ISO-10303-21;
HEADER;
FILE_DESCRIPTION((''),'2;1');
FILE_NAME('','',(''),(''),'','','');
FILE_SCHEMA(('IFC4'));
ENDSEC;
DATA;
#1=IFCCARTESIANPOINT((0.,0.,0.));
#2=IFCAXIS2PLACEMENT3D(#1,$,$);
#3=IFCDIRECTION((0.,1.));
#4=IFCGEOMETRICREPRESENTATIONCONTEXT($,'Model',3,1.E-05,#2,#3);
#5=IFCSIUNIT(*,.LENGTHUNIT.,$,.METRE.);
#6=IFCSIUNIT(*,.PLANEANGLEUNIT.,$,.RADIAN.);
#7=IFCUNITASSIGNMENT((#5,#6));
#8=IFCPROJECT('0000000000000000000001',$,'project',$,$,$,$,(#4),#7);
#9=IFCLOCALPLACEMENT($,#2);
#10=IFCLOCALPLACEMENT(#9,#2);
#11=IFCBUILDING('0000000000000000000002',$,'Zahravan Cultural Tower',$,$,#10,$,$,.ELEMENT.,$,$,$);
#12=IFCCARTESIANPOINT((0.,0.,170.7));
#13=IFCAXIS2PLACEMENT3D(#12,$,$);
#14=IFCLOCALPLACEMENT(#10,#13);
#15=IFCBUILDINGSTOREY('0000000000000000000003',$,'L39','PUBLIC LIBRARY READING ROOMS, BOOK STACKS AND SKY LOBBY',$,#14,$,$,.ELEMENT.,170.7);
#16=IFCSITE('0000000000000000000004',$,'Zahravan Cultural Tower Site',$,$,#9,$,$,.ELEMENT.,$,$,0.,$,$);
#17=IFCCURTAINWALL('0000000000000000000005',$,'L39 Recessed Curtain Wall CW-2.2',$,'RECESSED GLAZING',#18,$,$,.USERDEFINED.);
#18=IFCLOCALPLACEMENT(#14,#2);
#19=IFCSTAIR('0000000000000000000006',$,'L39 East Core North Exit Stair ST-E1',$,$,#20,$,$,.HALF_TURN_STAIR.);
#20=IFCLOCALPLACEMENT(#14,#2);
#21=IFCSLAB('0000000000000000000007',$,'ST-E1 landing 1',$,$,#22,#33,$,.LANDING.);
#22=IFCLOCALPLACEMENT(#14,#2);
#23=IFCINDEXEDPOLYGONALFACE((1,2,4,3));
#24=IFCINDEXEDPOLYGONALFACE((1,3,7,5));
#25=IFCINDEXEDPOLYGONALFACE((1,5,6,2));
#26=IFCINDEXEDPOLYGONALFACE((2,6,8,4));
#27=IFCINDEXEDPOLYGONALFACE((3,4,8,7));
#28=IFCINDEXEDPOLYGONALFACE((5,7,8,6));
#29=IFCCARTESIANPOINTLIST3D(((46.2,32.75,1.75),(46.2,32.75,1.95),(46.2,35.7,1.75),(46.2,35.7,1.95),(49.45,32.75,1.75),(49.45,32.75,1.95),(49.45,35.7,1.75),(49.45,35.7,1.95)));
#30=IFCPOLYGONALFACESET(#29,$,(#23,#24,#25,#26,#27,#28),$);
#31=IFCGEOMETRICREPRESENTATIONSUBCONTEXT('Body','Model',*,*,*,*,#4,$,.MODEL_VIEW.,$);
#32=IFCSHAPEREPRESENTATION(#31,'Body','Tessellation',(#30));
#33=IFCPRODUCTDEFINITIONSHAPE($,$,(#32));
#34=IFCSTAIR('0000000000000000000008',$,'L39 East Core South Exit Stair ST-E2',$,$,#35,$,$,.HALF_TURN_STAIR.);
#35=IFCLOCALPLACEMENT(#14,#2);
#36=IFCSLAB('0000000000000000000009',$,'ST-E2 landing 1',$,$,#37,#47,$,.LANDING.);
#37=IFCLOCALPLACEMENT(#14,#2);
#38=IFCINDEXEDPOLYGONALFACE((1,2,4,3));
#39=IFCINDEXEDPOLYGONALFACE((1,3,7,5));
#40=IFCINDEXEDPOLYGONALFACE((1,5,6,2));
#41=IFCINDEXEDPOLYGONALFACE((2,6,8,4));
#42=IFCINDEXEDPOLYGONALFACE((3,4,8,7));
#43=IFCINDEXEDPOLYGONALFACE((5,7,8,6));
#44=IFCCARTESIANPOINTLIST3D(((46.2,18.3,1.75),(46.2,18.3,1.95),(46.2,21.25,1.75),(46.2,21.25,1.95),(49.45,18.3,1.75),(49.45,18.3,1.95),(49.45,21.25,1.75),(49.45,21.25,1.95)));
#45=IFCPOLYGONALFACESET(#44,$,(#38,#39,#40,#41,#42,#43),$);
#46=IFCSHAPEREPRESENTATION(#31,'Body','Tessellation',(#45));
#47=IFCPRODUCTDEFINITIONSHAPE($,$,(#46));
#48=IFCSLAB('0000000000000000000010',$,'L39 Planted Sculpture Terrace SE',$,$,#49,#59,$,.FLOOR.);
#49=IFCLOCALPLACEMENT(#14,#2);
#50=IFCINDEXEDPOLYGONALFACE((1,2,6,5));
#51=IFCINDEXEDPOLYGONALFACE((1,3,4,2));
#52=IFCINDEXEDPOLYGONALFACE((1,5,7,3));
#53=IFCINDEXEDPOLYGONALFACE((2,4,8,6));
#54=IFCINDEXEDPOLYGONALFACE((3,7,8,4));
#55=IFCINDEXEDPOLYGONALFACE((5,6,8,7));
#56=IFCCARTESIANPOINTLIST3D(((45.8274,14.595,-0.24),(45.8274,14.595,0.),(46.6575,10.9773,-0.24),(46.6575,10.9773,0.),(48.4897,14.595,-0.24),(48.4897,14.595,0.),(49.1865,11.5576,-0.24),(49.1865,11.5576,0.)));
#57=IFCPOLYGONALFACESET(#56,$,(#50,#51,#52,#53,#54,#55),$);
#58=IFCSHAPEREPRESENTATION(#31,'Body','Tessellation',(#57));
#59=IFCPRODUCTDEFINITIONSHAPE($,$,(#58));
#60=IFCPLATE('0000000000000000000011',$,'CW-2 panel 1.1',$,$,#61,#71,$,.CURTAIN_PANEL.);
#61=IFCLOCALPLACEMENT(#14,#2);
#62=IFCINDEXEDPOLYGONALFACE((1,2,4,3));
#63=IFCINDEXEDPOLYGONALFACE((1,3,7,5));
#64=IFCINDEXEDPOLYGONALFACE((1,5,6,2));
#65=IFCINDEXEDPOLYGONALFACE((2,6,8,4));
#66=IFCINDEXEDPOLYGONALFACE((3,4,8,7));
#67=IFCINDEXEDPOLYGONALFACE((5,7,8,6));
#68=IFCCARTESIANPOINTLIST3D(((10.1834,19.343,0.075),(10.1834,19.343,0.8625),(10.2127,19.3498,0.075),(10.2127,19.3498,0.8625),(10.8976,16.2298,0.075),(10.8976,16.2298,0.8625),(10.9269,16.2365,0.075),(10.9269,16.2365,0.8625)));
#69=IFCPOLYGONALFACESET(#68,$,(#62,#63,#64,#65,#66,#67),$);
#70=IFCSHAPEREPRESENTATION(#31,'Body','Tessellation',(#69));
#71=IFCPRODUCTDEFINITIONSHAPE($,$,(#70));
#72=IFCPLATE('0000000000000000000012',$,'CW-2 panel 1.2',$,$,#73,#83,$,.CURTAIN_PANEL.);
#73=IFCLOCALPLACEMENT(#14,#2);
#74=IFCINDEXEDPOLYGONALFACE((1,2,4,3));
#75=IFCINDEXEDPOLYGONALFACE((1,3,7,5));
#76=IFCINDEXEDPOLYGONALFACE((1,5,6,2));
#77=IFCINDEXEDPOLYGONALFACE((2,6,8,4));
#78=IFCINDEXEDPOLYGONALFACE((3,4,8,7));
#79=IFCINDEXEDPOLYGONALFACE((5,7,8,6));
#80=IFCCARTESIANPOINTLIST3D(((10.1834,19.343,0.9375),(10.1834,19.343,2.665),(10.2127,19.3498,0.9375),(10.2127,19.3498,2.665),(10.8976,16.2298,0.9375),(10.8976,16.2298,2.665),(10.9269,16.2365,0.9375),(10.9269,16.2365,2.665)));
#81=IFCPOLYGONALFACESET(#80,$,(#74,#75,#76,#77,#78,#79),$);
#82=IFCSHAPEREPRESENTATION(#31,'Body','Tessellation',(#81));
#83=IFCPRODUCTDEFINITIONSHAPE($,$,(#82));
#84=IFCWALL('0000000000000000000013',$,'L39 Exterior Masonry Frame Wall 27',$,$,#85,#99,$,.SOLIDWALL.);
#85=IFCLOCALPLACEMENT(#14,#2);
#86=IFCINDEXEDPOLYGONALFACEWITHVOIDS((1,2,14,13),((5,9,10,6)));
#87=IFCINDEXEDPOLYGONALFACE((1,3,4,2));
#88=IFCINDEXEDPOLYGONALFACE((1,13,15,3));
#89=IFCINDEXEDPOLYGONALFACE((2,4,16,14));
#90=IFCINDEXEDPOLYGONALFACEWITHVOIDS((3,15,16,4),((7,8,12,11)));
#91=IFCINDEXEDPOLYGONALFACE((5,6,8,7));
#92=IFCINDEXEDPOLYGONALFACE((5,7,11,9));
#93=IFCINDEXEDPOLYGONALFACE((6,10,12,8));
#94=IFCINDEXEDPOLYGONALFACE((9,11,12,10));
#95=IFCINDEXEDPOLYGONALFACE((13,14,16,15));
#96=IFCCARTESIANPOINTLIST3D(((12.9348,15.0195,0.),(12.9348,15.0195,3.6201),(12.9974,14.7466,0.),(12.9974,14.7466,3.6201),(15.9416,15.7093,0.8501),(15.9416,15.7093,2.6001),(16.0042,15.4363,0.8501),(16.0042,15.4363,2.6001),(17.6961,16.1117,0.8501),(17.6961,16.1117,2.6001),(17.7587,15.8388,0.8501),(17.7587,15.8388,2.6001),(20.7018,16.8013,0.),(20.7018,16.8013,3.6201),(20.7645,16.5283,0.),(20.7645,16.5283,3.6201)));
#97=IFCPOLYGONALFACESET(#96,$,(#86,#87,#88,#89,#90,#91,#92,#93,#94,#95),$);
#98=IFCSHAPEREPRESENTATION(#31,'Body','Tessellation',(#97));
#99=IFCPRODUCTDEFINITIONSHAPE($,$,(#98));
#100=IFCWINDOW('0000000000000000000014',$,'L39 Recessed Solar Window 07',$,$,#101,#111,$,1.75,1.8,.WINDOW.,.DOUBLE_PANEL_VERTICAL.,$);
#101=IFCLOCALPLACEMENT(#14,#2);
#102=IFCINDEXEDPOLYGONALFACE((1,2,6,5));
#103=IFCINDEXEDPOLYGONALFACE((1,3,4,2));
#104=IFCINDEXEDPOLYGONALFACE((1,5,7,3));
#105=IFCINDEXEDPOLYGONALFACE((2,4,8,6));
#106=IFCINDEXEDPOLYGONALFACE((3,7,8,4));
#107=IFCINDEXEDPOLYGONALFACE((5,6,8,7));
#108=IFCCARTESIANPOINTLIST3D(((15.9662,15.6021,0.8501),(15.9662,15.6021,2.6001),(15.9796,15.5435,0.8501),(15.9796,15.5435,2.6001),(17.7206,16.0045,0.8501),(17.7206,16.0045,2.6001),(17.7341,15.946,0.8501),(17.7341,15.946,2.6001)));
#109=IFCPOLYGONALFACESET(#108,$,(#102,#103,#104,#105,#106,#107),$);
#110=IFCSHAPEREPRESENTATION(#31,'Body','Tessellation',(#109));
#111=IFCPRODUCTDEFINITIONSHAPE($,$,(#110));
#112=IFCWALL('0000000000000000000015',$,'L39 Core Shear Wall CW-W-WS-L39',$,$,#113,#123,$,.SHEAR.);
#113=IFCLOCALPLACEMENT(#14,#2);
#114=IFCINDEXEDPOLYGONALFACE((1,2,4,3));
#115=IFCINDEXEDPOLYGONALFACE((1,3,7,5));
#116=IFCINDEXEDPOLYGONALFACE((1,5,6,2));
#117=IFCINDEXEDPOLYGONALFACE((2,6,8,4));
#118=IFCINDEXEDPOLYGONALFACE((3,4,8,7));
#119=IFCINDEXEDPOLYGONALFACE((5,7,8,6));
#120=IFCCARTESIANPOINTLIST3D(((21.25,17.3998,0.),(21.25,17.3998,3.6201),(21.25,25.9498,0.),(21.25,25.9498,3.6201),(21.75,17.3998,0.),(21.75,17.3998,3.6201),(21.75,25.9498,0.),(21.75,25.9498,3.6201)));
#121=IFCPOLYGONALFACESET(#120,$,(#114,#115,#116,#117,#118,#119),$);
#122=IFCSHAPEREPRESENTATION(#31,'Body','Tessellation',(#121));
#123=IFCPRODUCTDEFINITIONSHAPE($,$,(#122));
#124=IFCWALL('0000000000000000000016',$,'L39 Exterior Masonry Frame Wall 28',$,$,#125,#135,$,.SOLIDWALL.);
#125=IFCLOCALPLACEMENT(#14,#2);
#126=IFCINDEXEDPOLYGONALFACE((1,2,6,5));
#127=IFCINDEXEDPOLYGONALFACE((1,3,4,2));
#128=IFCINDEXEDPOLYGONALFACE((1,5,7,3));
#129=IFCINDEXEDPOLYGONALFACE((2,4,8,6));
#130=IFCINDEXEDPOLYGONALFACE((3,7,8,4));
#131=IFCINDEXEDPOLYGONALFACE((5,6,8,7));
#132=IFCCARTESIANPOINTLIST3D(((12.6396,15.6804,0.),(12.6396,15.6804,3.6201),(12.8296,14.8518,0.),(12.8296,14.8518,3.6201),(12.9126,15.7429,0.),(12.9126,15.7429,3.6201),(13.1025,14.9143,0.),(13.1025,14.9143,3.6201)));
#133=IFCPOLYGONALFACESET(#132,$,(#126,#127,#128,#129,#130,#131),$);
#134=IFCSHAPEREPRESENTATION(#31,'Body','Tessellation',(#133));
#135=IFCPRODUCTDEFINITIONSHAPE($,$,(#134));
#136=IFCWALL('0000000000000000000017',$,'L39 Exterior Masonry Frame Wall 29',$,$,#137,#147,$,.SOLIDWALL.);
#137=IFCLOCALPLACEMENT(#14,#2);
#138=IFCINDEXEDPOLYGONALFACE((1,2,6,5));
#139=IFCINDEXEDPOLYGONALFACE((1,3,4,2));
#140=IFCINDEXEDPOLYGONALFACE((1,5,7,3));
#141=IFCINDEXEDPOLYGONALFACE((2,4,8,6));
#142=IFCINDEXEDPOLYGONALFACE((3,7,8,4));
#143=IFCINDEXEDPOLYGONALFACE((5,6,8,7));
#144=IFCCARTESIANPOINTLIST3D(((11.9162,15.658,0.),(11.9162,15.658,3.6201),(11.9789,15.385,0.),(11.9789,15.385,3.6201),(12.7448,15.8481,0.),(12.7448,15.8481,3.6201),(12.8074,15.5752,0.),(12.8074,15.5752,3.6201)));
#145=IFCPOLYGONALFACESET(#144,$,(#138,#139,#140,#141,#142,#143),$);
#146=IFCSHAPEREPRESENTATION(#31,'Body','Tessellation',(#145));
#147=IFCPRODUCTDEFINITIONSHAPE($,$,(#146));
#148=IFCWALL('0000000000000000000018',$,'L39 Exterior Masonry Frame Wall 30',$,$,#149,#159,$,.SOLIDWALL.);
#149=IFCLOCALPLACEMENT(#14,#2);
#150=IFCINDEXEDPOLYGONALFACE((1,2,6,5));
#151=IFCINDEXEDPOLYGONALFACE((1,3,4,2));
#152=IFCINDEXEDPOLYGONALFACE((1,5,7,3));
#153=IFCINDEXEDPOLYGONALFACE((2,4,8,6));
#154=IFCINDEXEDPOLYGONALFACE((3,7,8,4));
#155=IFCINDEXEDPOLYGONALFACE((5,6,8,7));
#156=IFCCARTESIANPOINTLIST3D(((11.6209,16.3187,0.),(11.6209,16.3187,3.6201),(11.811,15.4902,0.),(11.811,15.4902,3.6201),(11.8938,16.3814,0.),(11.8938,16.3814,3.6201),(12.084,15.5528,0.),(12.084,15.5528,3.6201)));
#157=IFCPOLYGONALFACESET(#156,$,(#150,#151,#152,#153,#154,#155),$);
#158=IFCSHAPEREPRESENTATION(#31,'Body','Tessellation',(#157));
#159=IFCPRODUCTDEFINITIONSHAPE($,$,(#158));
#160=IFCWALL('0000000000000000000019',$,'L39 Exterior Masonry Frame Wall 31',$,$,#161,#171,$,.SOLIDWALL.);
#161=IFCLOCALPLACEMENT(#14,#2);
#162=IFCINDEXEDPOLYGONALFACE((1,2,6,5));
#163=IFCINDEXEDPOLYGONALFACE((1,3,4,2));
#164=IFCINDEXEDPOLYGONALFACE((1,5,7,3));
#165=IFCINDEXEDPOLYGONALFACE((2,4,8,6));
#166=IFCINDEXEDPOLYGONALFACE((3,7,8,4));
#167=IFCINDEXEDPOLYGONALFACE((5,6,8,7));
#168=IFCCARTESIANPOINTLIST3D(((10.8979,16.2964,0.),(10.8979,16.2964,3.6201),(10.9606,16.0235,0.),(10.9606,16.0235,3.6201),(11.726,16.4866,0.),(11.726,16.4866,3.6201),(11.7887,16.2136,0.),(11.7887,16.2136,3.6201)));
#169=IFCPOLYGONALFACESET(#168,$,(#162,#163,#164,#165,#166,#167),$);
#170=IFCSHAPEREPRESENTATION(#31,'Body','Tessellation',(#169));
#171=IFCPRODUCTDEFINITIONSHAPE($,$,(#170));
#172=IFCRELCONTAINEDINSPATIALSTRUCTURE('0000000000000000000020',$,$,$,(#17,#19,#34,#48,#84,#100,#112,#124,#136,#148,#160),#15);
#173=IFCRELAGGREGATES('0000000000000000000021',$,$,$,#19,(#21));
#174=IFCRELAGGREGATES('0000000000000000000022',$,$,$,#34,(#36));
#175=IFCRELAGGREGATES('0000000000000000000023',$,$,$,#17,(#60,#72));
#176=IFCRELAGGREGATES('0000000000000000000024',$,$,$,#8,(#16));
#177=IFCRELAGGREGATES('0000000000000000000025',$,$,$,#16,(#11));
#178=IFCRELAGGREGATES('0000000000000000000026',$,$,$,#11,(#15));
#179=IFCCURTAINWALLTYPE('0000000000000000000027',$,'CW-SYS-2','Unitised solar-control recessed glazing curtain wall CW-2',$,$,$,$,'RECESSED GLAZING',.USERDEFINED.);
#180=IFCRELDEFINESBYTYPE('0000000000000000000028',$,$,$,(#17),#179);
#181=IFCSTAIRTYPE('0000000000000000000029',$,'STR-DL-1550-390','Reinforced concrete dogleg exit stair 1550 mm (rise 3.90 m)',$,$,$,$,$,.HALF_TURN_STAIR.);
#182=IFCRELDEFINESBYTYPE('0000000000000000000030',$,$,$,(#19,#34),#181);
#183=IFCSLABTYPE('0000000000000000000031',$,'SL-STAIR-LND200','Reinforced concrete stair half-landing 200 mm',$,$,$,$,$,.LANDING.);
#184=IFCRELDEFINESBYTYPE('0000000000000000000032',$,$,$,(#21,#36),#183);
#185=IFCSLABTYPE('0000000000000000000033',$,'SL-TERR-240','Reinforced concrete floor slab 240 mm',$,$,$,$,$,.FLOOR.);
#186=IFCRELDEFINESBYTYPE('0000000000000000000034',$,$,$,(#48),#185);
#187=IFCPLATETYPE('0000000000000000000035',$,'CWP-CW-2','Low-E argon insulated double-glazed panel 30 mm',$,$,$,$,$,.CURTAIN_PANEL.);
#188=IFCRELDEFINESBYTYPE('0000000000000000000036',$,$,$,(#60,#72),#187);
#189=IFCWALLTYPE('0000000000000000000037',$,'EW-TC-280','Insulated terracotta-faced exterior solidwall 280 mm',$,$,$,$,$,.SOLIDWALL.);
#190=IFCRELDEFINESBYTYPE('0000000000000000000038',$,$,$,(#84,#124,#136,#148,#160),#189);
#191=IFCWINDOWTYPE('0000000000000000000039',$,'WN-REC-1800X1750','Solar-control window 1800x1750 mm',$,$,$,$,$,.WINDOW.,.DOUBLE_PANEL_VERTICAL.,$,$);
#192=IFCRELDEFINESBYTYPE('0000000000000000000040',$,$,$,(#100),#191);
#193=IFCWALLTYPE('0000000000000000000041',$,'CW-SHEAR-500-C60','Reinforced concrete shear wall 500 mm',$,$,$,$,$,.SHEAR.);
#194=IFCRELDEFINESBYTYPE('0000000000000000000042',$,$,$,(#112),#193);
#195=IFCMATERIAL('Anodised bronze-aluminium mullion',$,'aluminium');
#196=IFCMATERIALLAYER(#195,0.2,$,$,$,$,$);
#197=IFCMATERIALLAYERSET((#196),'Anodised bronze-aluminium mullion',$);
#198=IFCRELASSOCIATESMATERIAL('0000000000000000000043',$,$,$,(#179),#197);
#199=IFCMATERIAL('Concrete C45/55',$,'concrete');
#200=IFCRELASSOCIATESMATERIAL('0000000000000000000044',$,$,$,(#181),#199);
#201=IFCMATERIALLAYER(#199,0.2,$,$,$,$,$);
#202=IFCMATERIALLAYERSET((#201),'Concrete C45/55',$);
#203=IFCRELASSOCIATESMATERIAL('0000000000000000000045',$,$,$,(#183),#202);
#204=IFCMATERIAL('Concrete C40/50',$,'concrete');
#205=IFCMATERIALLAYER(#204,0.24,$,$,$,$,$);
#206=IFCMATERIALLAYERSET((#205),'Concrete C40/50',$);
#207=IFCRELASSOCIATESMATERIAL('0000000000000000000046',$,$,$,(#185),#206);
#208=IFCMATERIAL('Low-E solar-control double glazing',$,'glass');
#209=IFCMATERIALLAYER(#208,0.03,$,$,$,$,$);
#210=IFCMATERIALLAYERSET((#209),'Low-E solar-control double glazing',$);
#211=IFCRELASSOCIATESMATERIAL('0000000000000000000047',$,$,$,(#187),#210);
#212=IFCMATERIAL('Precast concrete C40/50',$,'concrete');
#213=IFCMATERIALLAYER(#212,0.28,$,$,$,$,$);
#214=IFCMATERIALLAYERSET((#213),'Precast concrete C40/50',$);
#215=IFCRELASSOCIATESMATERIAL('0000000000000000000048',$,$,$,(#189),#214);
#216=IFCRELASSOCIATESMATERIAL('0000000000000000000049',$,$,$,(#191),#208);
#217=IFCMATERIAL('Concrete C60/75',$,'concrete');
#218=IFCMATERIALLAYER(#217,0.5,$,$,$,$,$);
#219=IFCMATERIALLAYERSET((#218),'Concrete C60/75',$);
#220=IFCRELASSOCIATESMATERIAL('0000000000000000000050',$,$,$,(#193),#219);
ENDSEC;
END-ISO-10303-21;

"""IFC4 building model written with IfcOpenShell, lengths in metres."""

from ifc_helpers import new_model, si_unit, direction, frame, frame_2d, origin, origin_2d, place, context, subcontext, project, spatial, polyline, rectangle, outline, extrude, source, transform, mapped, material, layer, layer_set, type_object, element, fill, aggregate, save


model = new_model("IFC4")

# Units and contexts
model_context = context("Model", 3, precision=1e-05, world=origin(), true_north=direction((0.0, 1.0)))
body_context = subcontext(model_context, "Body", "Model", "MODEL_VIEW")
ifc_project = project(units=[si_unit("LENGTHUNIT", "METRE"), si_unit("PLANEANGLEUNIT", "RADIAN")], contexts=[model_context])

# Site, building, storey
site_placement = place(None, origin())
site = spatial("IfcSite", under=ifc_project, at=site_placement, Name="Zahravan Cultural Tower Site", CompositionType="ELEMENT", RefElevation=0.0)
building_placement = place(site_placement, origin())
building = spatial("IfcBuilding", under=site, at=building_placement, Name="Zahravan Cultural Tower", CompositionType="ELEMENT")
storey_placement = place(building_placement, frame((0.0, 0.0, 170.7)))
storey = spatial("IfcBuildingStorey", under=building, at=storey_placement, Name="L39", Description="PUBLIC LIBRARY READING ROOMS, BOOK STACKS AND SKY LOBBY", CompositionType="ELEMENT", Elevation=170.7)

# Curtain wall
ifc_material_1 = material(Name="Anodised bronze-aluminium mullion", Category="aluminium")
ifc_layer_1 = layer(ifc_material_1, 0.2)
ifc_layer_set_1 = layer_set([ifc_layer_1], Name="Anodised bronze-aluminium mullion")
curtain_wall_type = type_object("IfcCurtainWallType", Name="CW-SYS-2", Description="Unitised solar-control recessed glazing curtain wall CW-2", ElementType="RECESSED GLAZING", PredefinedType="USERDEFINED", material=ifc_layer_set_1)
curtain_wall_placement = place(storey_placement, origin())
curtain_wall = element("IfcCurtainWall", 1, at=curtain_wall_placement, inside=storey, type_object=curtain_wall_type, Name="L39 Recessed Curtain Wall CW-2.2", ObjectType="RECESSED GLAZING", PredefinedType="USERDEFINED")

# Shared definitions
ifc_material_2 = material(Name="Concrete C45/55", Category="concrete")

# Stairs, slabs
stair_type = type_object("IfcStairType", Name="STR-DL-1550-390", Description="Reinforced concrete dogleg exit stair 1550 mm (rise 3.90 m)", PredefinedType="HALF_TURN_STAIR", material=ifc_material_2)
ifc_layer_2 = layer(ifc_material_2, 0.2)
ifc_layer_set_2 = layer_set([ifc_layer_2], Name="Concrete C45/55")
slab_type_1 = type_object("IfcSlabType", Name="SL-STAIR-LND200", Description="Reinforced concrete stair half-landing 200 mm", PredefinedType="LANDING", material=ifc_layer_set_2)
stair_1_placement = place(storey_placement, origin())
stair_1 = element("IfcStair", 2, at=stair_1_placement, inside=storey, type_object=stair_type, Name="L39 East Core North Exit Stair ST-E1", PredefinedType="HALF_TURN_STAIR")
slab_1_placement = place(storey_placement, frame((0.0, 0.0, 1.75)))
slab_1 = element("IfcSlab", 3, at=slab_1_placement, type_object=slab_type_1, Name="ST-E1 landing 1", PredefinedType="LANDING", context=body_context, shape_type="SweptSolid", body=[
    extrude(outline(polyline([(49.45, 32.75), (49.45, 35.7), (46.2, 35.7), (46.2, 32.75), (49.45, 32.75)])), origin(), (0.0, 0.0, 1.0), 0.2),
])
aggregate(stair_1, [slab_1])
stair_2_placement = place(storey_placement, origin())
stair_2 = element("IfcStair", 4, at=stair_2_placement, inside=storey, type_object=stair_type, Name="L39 East Core South Exit Stair ST-E2", PredefinedType="HALF_TURN_STAIR")
slab_2_placement = place(storey_placement, frame((0.0, 0.0, 1.75)))
slab_2 = element("IfcSlab", 5, at=slab_2_placement, type_object=slab_type_1, Name="ST-E2 landing 1", PredefinedType="LANDING", context=body_context, shape_type="SweptSolid", body=[
    extrude(outline(polyline([(46.2, 21.25), (46.2, 18.3), (49.45, 18.3), (49.45, 21.25), (46.2, 21.25)])), origin(), (0.0, 0.0, 1.0), 0.2),
])
aggregate(stair_2, [slab_2])

# Slab
ifc_material_3 = material(Name="Concrete C40/50", Category="concrete")
ifc_layer_3 = layer(ifc_material_3, 0.24)
ifc_layer_set_3 = layer_set([ifc_layer_3], Name="Concrete C40/50")
slab_type_2 = type_object("IfcSlabType", Name="SL-TERR-240", Description="Reinforced concrete floor slab 240 mm", PredefinedType="FLOOR", material=ifc_layer_set_3)
slab_3_placement = place(storey_placement, frame((0.0, 0.0, -0.24)))
element("IfcSlab", 6, at=slab_3_placement, inside=storey, type_object=slab_type_2, Name="L39 Planted Sculpture Terrace SE", PredefinedType="FLOOR", context=body_context, shape_type="SweptSolid", body=[
    extrude(outline(polyline([(49.1865, 11.5576), (48.4897, 14.595), (45.8274, 14.595), (46.6575, 10.9773), (49.1865, 11.5576)])), origin(), (0.0, 0.0, 1.0), 0.24),
])

# Plates
ifc_material_4 = material(Name="Low-E solar-control double glazing", Category="glass")
ifc_layer_4 = layer(ifc_material_4, 0.03)
ifc_layer_set_4 = layer_set([ifc_layer_4], Name="Low-E solar-control double glazing")
plate_type = type_object("IfcPlateType", Name="CWP-CW-2", Description="Low-E argon insulated double-glazed panel 30 mm", PredefinedType="CURTAIN_PANEL", material=ifc_layer_set_4)
shared_shape_1 = source(origin(), body_context, "Body", "SweptSolid", [
    extrude(rectangle(XDim=3.1941, YDim=0.03, at=origin_2d()), origin(), (0.0, 0.0, 1.0), 0.7876),
])
plate_1_placement = place(storey_placement, frame((10.5552, 17.7898, 0.075), z_axis=(0.0, 0.0, 1.0), x_axis=(-0.2236, 0.974681, 0.0)))
plate_1 = element("IfcPlate", 7, at=plate_1_placement, type_object=plate_type, Name="CW-2 panel 1.1", PredefinedType="CURTAIN_PANEL", context=body_context, shape_type="MappedRepresentation", body=[
    mapped(shared_shape_1, transform((0.0, 0.0, 0.0), x_axis=(1.0, 0.0, 0.0), y_axis=(0.0, 1.0, 0.0), z_axis=(0.0, 0.0, 1.0), scale=1.0)),
])
shared_shape_2 = source(origin(), body_context, "Body", "SweptSolid", [
    extrude(rectangle(XDim=3.1941, YDim=0.03, at=origin_2d()), origin(), (0.0, 0.0, 1.0), 1.7275),
])
plate_2_placement = place(storey_placement, frame((10.5552, 17.7898, 0.9375), z_axis=(0.0, 0.0, 1.0), x_axis=(-0.2236, 0.974681, 0.0)))
plate_2 = element("IfcPlate", 8, at=plate_2_placement, type_object=plate_type, Name="CW-2 panel 1.2", PredefinedType="CURTAIN_PANEL", context=body_context, shape_type="MappedRepresentation", body=[
    mapped(shared_shape_2, transform((0.0, 0.0, 0.0), x_axis=(1.0, 0.0, 0.0), y_axis=(0.0, 1.0, 0.0), z_axis=(0.0, 0.0, 1.0), scale=1.0)),
])
aggregate(curtain_wall, [plate_1, plate_2])

# Wall, opening, window
ifc_material_5 = material(Name="Precast concrete C40/50", Category="concrete")
ifc_layer_5 = layer(ifc_material_5, 0.28)
ifc_layer_set_5 = layer_set([ifc_layer_5], Name="Precast concrete C40/50")
wall_type_1 = type_object("IfcWallType", Name="EW-TC-280", Description="Insulated terracotta-faced exterior solidwall 280 mm", PredefinedType="SOLIDWALL", material=ifc_layer_set_5)
wall_1_placement = place(storey_placement, frame((20.7332, 16.6648, 0.0), z_axis=(0.0, 0.0, 1.0), x_axis=(-0.974684, -0.223588, 0.0)))
wall_1 = element("IfcWall", 9, at=wall_1_placement, inside=storey, type_object=wall_type_1, Name="L39 Exterior Masonry Frame Wall 27", PredefinedType="SOLIDWALL", context=body_context, shape_type="SweptSolid", body=[
    extrude(rectangle(XDim=7.9688, YDim=0.28, at=frame_2d((3.9844, 0.0))), origin(), (0.0, 0.0, 1.0), 3.6201),
])
opening_placement = place(wall_1_placement, frame((3.084, 0.0, 0.8501)))
opening = element("IfcOpeningElement", 10, at=opening_placement, cuts=wall_1, PredefinedType="OPENING", context=body_context, shape_type="SweptSolid", body=[
    extrude(rectangle(XDim=1.8, YDim=1.75, at=frame_2d((0.8999, 0.875))), frame((0.0, 0.1499, 0.0), z_axis=(0.0, -1.0, 0.0), x_axis=(1.0, 0.0, 0.0)), (0.0, 0.0, 1.0), 0.3),
])
window_type = type_object("IfcWindowType", Name="WN-REC-1800X1750", Description="Solar-control window 1800x1750 mm", PartitioningType="DOUBLE_PANEL_VERTICAL", PredefinedType="WINDOW", material=ifc_material_4)
shared_shape_3 = source(origin(), body_context, "Body", "SweptSolid", [
    extrude(rectangle(XDim=1.8, YDim=1.75, at=frame_2d((0.8999, 0.875))), frame((0.0, 0.03, 0.0), z_axis=(0.0, -1.0, 0.0), x_axis=(1.0, 0.0, 0.0)), (0.0, 0.0, 1.0), 0.0601),
])
window_placement = place(opening_placement, origin())
window = element("IfcWindow", 11, at=window_placement, inside=storey, type_object=window_type, Name="L39 Recessed Solar Window 07", OverallHeight=1.75, OverallWidth=1.8, PartitioningType="DOUBLE_PANEL_VERTICAL", PredefinedType="WINDOW", context=body_context, shape_type="MappedRepresentation", body=[
    mapped(shared_shape_3, transform((0.0, 0.0, 0.0), x_axis=(1.0, 0.0, 0.0), y_axis=(0.0, 1.0, 0.0), z_axis=(0.0, 0.0, 1.0), scale=1.0)),
])
fill(opening, window)

# Walls
ifc_material_6 = material(Name="Concrete C60/75", Category="concrete")
ifc_layer_6 = layer(ifc_material_6, 0.5)
ifc_layer_set_6 = layer_set([ifc_layer_6], Name="Concrete C60/75")
wall_type_2 = type_object("IfcWallType", Name="CW-SHEAR-500-C60", Description="Reinforced concrete shear wall 500 mm", PredefinedType="SHEAR", material=ifc_layer_set_6)
shared_shape_4 = source(origin(), body_context, "Body", "SweptSolid", [
    extrude(rectangle(XDim=8.55, YDim=0.5, at=frame_2d((4.2749, 0.0))), origin(), (0.0, 0.0, 1.0), 3.6201),
])
wall_2_placement = place(storey_placement, frame((21.5, 17.3999, 0.0), z_axis=(0.0, 0.0, 1.0), x_axis=(0.0, 1.0, 0.0)))
element("IfcWall", 12, at=wall_2_placement, inside=storey, type_object=wall_type_2, Name="L39 Core Shear Wall CW-W-WS-L39", PredefinedType="SHEAR", context=body_context, shape_type="MappedRepresentation", body=[
    mapped(shared_shape_4, transform((0.0, 0.0, 0.0), x_axis=(1.0, 0.0, 0.0), y_axis=(0.0, 1.0, 0.0), z_axis=(0.0, 0.0, 1.0), scale=1.0)),
])
shared_shape_5 = source(origin(), body_context, "Body", "SweptSolid", [
    extrude(rectangle(XDim=0.8501, YDim=0.28, at=frame_2d((0.425, 0.0))), origin(), (0.0, 0.0, 1.0), 3.6201),
])
for number, where, z_axis, x_axis, name in (
    (13, (12.9661, 14.8831, 0.0), (0.0, 0.0, 1.0), (-0.223433, 0.974719, 0.0), "L39 Exterior Masonry Frame Wall 28"),
    (14, (12.7761, 15.7117, 0.0), (0.0, 0.0, 1.0), (-0.974657, -0.223706, 0.0), "L39 Exterior Masonry Frame Wall 29"),
    (15, (11.9475, 15.5215, 0.0), (0.0, 0.0, 1.0), (-0.223706, 0.974657, 0.0), "L39 Exterior Masonry Frame Wall 30"),
):
    element("IfcWall", number, at=place(storey_placement, frame(where, z_axis=z_axis, x_axis=x_axis)), inside=storey, type_object=wall_type_1, Name=name, PredefinedType="SOLIDWALL", context=body_context, shape_type="MappedRepresentation", body=[
        mapped(shared_shape_5, transform((0.0, 0.0, 0.0), x_axis=(1.0, 0.0, 0.0), y_axis=(0.0, 1.0, 0.0), z_axis=(0.0, 0.0, 1.0), scale=1.0)),
    ])
shared_shape_6 = source(origin(), body_context, "Body", "SweptSolid", [
    extrude(rectangle(XDim=0.8496, YDim=0.28, at=frame_2d((0.4248, 0.0))), origin(), (0.0, 0.0, 1.0), 3.6201),
])
wall_3_placement = place(storey_placement, frame((11.7573, 16.3501, 0.0), z_axis=(0.0, 0.0, 1.0), x_axis=(-0.974628, -0.223831, 0.0)))
element("IfcWall", 16, at=wall_3_placement, inside=storey, type_object=wall_type_1, Name="L39 Exterior Masonry Frame Wall 31", PredefinedType="SOLIDWALL", context=body_context, shape_type="MappedRepresentation", body=[
    mapped(shared_shape_6, transform((0.0, 0.0, 0.0), x_axis=(1.0, 0.0, 0.0), y_axis=(0.0, 1.0, 0.0), z_axis=(0.0, 0.0, 1.0), scale=1.0)),
])

save(model, "model.ifc")
